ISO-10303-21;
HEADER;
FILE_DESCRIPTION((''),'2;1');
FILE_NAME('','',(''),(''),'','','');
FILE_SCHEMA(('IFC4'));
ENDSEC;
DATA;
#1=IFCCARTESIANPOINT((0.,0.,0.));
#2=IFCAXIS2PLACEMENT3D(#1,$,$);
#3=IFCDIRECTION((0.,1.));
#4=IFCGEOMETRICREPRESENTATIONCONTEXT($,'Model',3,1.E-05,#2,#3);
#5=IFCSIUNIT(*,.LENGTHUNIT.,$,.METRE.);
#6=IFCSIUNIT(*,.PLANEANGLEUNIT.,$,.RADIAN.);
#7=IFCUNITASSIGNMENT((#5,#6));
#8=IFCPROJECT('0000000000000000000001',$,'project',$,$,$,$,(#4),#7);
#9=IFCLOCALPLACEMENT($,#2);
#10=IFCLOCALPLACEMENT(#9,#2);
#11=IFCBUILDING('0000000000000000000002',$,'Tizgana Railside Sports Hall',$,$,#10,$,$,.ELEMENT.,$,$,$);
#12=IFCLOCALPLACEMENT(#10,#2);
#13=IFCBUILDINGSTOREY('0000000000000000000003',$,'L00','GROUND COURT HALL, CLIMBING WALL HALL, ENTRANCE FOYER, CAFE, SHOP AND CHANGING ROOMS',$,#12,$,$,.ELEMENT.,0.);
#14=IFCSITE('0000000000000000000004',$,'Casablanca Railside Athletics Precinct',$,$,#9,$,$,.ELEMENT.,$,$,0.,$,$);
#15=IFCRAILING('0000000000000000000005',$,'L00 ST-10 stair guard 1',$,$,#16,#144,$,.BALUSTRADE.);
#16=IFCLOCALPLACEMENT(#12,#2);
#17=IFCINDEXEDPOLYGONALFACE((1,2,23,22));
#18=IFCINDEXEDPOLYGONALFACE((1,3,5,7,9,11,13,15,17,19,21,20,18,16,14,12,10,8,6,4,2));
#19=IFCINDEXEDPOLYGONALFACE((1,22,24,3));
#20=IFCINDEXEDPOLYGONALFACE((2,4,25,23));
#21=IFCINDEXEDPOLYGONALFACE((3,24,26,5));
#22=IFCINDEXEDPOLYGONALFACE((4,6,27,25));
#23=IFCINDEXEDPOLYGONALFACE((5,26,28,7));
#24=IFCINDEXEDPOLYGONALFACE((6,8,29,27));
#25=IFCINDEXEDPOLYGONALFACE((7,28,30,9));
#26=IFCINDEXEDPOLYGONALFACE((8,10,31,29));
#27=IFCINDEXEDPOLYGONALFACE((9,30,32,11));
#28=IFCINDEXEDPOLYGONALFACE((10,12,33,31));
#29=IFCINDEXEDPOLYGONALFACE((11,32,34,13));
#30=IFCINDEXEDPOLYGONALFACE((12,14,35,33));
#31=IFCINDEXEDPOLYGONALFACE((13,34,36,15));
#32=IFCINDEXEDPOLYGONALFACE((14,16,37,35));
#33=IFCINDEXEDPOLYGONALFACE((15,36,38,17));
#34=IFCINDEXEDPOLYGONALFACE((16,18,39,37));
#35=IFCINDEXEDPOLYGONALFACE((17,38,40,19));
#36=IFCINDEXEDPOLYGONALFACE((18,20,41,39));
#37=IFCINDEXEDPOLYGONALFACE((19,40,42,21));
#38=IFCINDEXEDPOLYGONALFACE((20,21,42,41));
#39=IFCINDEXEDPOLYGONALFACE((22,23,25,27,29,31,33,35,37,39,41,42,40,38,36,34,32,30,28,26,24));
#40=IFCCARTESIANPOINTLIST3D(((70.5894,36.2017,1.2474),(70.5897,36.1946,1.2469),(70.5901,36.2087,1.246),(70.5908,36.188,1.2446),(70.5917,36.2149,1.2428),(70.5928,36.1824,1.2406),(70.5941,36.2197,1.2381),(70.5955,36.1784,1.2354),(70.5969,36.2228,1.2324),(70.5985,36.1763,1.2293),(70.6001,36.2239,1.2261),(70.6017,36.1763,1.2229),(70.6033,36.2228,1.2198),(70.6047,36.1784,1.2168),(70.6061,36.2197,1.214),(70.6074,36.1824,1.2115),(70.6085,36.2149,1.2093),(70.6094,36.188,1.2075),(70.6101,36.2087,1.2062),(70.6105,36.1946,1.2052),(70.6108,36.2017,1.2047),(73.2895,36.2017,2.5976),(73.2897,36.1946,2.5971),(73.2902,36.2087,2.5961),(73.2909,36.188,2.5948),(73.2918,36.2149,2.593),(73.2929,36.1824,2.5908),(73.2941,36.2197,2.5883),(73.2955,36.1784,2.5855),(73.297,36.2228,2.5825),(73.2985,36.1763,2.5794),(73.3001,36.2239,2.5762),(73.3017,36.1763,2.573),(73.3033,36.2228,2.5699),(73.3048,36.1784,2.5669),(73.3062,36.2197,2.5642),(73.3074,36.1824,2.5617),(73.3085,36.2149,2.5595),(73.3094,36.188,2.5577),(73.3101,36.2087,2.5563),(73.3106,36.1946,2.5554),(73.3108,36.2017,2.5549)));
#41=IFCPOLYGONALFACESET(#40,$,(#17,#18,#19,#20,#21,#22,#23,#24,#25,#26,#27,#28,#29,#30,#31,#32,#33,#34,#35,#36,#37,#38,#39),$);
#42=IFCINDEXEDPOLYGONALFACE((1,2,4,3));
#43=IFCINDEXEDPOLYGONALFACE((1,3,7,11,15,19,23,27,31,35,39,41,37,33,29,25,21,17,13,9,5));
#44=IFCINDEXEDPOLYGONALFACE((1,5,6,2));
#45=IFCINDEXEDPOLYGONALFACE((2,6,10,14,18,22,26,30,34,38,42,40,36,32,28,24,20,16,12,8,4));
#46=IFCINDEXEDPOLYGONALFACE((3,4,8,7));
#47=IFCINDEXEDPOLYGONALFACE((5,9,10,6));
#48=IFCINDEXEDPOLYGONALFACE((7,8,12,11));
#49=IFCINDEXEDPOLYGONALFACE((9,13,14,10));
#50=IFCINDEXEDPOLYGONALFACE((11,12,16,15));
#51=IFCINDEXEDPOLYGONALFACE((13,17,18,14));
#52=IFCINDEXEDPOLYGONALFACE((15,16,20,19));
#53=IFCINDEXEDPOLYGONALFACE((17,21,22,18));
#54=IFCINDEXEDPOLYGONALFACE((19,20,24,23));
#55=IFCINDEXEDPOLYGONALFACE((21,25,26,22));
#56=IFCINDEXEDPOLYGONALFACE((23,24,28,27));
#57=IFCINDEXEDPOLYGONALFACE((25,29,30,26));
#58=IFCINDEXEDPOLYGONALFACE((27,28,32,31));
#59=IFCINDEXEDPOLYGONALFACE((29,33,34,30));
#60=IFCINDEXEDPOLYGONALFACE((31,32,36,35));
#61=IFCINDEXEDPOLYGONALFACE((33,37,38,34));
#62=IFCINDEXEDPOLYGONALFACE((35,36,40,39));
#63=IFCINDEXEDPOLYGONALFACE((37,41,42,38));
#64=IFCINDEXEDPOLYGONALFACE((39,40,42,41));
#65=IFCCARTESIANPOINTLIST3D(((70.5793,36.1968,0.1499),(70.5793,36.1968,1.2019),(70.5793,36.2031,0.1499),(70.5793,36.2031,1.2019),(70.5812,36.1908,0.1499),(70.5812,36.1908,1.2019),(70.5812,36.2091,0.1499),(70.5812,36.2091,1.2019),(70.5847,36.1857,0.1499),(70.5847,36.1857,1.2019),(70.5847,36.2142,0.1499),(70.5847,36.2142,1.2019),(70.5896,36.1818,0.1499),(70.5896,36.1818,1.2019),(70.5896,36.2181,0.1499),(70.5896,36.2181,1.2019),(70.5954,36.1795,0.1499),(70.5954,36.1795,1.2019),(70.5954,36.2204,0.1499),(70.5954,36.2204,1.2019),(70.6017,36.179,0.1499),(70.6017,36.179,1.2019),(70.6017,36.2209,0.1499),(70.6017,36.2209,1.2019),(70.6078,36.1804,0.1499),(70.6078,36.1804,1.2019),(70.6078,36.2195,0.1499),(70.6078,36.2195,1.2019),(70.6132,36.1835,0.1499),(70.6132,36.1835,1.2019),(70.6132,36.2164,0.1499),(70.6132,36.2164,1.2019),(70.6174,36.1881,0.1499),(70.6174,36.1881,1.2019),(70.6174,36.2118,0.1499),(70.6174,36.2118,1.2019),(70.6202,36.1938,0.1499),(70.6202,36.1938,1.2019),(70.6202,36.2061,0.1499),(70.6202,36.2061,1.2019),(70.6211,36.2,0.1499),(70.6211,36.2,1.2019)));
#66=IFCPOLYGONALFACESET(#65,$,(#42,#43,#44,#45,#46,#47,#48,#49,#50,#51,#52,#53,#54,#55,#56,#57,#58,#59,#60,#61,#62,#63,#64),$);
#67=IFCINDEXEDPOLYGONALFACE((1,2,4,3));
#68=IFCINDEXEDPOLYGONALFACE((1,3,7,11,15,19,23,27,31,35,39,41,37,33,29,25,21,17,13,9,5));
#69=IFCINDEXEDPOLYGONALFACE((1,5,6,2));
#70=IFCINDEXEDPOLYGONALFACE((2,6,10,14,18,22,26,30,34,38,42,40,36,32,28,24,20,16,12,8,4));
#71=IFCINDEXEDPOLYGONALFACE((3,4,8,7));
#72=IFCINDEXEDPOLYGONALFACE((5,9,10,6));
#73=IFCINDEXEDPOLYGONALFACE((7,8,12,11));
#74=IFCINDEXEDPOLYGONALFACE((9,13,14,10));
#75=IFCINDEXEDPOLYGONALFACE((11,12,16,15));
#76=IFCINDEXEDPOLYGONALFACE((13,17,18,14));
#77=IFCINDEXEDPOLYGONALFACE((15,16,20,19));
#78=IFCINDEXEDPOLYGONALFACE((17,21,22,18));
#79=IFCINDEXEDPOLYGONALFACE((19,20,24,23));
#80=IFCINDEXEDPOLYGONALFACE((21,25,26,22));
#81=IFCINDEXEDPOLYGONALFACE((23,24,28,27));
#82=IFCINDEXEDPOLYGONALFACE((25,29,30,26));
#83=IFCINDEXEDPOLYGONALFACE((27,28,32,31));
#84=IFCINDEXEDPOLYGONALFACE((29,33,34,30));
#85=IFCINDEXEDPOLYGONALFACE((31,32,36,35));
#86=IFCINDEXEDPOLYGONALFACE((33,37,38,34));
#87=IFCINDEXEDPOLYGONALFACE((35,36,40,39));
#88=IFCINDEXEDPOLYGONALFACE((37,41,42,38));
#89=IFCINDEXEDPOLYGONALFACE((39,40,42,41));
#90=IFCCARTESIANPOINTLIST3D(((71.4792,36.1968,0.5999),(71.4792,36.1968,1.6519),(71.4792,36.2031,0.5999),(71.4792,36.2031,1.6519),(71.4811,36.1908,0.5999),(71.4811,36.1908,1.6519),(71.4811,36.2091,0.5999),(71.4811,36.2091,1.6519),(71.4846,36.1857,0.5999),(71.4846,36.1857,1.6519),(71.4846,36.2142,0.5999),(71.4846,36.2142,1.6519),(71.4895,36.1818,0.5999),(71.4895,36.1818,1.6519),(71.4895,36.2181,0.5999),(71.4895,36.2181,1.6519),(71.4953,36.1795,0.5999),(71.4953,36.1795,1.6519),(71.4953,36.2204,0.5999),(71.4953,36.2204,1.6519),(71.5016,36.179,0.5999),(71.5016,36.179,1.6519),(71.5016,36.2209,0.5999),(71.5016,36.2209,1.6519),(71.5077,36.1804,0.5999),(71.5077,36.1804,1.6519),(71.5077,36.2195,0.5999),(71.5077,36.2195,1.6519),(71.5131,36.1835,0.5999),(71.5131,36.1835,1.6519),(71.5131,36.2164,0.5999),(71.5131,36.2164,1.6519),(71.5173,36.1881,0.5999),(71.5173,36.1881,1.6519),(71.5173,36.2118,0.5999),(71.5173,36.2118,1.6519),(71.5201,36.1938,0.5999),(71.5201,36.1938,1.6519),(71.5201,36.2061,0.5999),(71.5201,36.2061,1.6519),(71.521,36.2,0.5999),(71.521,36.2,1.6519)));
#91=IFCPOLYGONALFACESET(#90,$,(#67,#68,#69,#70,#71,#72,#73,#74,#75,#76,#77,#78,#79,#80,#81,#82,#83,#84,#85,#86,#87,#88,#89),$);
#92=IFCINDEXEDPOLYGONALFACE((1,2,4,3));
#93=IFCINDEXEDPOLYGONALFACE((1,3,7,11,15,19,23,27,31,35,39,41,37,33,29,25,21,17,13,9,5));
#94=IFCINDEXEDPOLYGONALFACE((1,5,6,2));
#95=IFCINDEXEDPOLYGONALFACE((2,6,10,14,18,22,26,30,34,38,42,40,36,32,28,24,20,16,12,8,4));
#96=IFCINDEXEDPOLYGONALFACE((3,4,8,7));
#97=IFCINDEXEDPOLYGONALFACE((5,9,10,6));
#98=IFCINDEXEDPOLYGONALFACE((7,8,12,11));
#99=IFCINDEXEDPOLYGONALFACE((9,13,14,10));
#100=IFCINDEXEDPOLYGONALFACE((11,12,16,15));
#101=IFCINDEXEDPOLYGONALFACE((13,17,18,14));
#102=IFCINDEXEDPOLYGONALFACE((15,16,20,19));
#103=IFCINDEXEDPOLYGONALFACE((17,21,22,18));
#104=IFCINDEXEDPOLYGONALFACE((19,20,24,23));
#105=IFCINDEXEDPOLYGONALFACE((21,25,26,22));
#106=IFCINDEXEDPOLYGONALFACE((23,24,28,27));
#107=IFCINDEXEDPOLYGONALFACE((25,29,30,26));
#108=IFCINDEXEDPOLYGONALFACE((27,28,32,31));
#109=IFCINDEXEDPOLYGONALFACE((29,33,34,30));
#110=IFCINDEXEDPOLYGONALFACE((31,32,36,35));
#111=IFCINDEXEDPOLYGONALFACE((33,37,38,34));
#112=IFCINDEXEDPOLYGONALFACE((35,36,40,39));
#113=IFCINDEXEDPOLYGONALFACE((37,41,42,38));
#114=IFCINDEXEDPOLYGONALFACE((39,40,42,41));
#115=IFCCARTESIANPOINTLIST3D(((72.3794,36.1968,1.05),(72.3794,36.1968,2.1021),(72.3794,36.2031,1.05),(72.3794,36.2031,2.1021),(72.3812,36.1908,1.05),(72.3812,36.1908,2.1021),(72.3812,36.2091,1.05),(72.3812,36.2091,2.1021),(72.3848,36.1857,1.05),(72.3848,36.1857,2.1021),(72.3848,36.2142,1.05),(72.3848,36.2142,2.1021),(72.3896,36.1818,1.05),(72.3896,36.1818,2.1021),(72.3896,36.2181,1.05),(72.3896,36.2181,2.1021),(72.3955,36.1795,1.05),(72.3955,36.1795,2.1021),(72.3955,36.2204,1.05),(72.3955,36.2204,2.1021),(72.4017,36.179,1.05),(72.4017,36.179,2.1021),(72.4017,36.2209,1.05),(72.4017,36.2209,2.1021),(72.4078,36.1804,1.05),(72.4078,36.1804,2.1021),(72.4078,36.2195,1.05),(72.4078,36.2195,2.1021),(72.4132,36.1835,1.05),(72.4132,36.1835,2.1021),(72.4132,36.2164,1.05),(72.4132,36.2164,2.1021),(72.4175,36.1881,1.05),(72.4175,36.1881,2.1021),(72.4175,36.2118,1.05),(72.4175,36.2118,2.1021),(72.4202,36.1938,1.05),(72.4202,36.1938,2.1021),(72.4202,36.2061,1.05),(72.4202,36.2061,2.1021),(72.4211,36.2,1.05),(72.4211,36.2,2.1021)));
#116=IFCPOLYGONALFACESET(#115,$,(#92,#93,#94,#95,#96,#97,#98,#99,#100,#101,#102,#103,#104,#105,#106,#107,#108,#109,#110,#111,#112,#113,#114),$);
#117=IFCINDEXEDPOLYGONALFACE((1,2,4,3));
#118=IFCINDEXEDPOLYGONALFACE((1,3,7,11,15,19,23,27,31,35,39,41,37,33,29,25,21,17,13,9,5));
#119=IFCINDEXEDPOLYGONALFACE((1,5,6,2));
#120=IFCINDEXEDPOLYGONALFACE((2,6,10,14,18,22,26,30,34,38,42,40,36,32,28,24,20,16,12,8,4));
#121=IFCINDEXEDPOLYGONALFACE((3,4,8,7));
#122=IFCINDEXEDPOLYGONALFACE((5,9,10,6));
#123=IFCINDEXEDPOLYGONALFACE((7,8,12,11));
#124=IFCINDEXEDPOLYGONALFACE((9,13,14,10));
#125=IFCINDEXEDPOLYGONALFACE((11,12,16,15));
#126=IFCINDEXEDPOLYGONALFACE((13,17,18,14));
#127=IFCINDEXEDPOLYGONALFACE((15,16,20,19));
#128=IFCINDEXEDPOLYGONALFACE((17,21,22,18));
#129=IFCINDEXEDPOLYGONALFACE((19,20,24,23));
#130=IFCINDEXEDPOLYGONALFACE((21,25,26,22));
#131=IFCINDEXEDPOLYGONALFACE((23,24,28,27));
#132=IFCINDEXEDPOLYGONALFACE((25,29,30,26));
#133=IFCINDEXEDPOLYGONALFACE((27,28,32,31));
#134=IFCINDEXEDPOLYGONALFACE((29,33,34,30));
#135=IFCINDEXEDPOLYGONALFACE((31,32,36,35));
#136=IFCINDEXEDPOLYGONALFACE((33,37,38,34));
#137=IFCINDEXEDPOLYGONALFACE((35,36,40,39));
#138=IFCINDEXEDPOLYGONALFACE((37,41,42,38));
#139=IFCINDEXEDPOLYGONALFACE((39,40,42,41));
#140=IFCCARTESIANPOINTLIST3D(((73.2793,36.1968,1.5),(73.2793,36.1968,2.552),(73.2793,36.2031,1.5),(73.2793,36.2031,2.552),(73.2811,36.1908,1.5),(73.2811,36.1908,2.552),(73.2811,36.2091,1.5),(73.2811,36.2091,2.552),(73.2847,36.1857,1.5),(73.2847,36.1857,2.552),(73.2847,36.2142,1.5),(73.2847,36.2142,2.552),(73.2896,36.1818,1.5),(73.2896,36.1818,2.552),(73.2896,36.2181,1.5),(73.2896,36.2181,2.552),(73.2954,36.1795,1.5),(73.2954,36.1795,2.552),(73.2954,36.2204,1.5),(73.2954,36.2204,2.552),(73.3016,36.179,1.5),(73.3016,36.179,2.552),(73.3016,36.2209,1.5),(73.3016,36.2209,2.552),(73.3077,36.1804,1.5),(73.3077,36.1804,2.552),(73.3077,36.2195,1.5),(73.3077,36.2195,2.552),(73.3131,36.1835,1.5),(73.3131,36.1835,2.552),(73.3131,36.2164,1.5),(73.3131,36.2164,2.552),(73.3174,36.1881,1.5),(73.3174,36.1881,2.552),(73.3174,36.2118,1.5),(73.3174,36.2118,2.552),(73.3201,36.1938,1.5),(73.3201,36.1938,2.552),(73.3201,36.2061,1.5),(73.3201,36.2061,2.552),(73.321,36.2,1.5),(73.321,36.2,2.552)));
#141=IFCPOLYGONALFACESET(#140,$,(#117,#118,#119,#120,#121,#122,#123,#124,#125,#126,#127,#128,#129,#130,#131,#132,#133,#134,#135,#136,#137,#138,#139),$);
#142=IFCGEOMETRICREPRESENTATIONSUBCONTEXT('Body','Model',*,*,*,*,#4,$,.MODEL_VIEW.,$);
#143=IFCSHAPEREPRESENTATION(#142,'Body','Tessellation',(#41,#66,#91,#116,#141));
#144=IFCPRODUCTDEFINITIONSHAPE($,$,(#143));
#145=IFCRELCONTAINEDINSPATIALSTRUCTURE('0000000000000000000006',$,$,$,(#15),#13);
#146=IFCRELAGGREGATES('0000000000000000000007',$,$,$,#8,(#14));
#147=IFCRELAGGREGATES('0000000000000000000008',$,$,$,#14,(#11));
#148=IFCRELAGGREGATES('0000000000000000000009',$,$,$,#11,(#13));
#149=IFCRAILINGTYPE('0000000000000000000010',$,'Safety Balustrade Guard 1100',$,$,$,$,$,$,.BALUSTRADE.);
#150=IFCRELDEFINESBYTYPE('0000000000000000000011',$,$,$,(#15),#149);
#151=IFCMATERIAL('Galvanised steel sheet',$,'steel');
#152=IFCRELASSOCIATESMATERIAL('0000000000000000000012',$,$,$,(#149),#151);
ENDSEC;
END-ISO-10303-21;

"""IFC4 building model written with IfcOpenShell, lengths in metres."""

from ifc_helpers import new_model, si_unit, direction, frame, origin, origin_2d, place, context, subcontext, project, spatial, circle, extrude, material, type_object, element, save


model = new_model("IFC4")

# Units and contexts
model_context = context("Model", 3, precision=1e-05, world=origin(), true_north=direction((0.0, 1.0)))
body_context = subcontext(model_context, "Body", "Model", "MODEL_VIEW")
ifc_project = project(units=[si_unit("LENGTHUNIT", "METRE"), si_unit("PLANEANGLEUNIT", "RADIAN")], contexts=[model_context])

# Site, building, storey
site_placement = place(None, origin())
site = spatial("IfcSite", under=ifc_project, at=site_placement, Name="Casablanca Railside Athletics Precinct", CompositionType="ELEMENT", RefElevation=0.0)
building_placement = place(site_placement, origin())
building = spatial("IfcBuilding", under=site, at=building_placement, Name="Tizgana Railside Sports Hall", CompositionType="ELEMENT")
storey_placement = place(building_placement, origin())
storey = spatial("IfcBuildingStorey", under=building, at=storey_placement, Name="L00", Description="GROUND COURT HALL, CLIMBING WALL HALL, ENTRANCE FOYER, CAFE, SHOP AND CHANGING ROOMS", CompositionType="ELEMENT", Elevation=0.0)

# Railing
ifc_material_1 = material(Name="Galvanised steel sheet", Category="steel")
railing_type_1 = type_object("IfcRailingType", Name="Safety Balustrade Guard 1100", PredefinedType="BALUSTRADE", material=ifc_material_1)
railing_1_placement = place(storey_placement, frame((70.6001, 36.2, 0.1499)))
element("IfcRailing", 1, at=railing_1_placement, inside=storey, type_object=railing_type_1, Name="L00 ST-10 stair guard 1", PredefinedType="BALUSTRADE", context=body_context, shape_type="SweptSolid", body=[
    extrude(circle(Radius=0.0239, at=origin_2d()), frame((0.0, 0.0, 1.0762), z_axis=(0.894411, 0.0, 0.447246), x_axis=(0.0, 1.0, 0.0)), (0.0, 0.0, 1.0), 3.0188),
    extrude(circle(Radius=0.021, at=origin_2d()), origin(), (0.0, 0.0, 1.0), 1.052),
    extrude(circle(Radius=0.021, at=origin_2d()), frame((0.8999, 0.0, 0.45)), (0.0, 0.0, 1.0), 1.052),
    extrude(circle(Radius=0.021, at=origin_2d()), frame((1.8, 0.0, 0.9001)), (0.0, 0.0, 1.0), 1.052),
    extrude(circle(Radius=0.021, at=origin_2d()), frame((2.7, 0.0, 1.3501)), (0.0, 0.0, 1.0), 1.052),
])

save(model, "model.ifc")
